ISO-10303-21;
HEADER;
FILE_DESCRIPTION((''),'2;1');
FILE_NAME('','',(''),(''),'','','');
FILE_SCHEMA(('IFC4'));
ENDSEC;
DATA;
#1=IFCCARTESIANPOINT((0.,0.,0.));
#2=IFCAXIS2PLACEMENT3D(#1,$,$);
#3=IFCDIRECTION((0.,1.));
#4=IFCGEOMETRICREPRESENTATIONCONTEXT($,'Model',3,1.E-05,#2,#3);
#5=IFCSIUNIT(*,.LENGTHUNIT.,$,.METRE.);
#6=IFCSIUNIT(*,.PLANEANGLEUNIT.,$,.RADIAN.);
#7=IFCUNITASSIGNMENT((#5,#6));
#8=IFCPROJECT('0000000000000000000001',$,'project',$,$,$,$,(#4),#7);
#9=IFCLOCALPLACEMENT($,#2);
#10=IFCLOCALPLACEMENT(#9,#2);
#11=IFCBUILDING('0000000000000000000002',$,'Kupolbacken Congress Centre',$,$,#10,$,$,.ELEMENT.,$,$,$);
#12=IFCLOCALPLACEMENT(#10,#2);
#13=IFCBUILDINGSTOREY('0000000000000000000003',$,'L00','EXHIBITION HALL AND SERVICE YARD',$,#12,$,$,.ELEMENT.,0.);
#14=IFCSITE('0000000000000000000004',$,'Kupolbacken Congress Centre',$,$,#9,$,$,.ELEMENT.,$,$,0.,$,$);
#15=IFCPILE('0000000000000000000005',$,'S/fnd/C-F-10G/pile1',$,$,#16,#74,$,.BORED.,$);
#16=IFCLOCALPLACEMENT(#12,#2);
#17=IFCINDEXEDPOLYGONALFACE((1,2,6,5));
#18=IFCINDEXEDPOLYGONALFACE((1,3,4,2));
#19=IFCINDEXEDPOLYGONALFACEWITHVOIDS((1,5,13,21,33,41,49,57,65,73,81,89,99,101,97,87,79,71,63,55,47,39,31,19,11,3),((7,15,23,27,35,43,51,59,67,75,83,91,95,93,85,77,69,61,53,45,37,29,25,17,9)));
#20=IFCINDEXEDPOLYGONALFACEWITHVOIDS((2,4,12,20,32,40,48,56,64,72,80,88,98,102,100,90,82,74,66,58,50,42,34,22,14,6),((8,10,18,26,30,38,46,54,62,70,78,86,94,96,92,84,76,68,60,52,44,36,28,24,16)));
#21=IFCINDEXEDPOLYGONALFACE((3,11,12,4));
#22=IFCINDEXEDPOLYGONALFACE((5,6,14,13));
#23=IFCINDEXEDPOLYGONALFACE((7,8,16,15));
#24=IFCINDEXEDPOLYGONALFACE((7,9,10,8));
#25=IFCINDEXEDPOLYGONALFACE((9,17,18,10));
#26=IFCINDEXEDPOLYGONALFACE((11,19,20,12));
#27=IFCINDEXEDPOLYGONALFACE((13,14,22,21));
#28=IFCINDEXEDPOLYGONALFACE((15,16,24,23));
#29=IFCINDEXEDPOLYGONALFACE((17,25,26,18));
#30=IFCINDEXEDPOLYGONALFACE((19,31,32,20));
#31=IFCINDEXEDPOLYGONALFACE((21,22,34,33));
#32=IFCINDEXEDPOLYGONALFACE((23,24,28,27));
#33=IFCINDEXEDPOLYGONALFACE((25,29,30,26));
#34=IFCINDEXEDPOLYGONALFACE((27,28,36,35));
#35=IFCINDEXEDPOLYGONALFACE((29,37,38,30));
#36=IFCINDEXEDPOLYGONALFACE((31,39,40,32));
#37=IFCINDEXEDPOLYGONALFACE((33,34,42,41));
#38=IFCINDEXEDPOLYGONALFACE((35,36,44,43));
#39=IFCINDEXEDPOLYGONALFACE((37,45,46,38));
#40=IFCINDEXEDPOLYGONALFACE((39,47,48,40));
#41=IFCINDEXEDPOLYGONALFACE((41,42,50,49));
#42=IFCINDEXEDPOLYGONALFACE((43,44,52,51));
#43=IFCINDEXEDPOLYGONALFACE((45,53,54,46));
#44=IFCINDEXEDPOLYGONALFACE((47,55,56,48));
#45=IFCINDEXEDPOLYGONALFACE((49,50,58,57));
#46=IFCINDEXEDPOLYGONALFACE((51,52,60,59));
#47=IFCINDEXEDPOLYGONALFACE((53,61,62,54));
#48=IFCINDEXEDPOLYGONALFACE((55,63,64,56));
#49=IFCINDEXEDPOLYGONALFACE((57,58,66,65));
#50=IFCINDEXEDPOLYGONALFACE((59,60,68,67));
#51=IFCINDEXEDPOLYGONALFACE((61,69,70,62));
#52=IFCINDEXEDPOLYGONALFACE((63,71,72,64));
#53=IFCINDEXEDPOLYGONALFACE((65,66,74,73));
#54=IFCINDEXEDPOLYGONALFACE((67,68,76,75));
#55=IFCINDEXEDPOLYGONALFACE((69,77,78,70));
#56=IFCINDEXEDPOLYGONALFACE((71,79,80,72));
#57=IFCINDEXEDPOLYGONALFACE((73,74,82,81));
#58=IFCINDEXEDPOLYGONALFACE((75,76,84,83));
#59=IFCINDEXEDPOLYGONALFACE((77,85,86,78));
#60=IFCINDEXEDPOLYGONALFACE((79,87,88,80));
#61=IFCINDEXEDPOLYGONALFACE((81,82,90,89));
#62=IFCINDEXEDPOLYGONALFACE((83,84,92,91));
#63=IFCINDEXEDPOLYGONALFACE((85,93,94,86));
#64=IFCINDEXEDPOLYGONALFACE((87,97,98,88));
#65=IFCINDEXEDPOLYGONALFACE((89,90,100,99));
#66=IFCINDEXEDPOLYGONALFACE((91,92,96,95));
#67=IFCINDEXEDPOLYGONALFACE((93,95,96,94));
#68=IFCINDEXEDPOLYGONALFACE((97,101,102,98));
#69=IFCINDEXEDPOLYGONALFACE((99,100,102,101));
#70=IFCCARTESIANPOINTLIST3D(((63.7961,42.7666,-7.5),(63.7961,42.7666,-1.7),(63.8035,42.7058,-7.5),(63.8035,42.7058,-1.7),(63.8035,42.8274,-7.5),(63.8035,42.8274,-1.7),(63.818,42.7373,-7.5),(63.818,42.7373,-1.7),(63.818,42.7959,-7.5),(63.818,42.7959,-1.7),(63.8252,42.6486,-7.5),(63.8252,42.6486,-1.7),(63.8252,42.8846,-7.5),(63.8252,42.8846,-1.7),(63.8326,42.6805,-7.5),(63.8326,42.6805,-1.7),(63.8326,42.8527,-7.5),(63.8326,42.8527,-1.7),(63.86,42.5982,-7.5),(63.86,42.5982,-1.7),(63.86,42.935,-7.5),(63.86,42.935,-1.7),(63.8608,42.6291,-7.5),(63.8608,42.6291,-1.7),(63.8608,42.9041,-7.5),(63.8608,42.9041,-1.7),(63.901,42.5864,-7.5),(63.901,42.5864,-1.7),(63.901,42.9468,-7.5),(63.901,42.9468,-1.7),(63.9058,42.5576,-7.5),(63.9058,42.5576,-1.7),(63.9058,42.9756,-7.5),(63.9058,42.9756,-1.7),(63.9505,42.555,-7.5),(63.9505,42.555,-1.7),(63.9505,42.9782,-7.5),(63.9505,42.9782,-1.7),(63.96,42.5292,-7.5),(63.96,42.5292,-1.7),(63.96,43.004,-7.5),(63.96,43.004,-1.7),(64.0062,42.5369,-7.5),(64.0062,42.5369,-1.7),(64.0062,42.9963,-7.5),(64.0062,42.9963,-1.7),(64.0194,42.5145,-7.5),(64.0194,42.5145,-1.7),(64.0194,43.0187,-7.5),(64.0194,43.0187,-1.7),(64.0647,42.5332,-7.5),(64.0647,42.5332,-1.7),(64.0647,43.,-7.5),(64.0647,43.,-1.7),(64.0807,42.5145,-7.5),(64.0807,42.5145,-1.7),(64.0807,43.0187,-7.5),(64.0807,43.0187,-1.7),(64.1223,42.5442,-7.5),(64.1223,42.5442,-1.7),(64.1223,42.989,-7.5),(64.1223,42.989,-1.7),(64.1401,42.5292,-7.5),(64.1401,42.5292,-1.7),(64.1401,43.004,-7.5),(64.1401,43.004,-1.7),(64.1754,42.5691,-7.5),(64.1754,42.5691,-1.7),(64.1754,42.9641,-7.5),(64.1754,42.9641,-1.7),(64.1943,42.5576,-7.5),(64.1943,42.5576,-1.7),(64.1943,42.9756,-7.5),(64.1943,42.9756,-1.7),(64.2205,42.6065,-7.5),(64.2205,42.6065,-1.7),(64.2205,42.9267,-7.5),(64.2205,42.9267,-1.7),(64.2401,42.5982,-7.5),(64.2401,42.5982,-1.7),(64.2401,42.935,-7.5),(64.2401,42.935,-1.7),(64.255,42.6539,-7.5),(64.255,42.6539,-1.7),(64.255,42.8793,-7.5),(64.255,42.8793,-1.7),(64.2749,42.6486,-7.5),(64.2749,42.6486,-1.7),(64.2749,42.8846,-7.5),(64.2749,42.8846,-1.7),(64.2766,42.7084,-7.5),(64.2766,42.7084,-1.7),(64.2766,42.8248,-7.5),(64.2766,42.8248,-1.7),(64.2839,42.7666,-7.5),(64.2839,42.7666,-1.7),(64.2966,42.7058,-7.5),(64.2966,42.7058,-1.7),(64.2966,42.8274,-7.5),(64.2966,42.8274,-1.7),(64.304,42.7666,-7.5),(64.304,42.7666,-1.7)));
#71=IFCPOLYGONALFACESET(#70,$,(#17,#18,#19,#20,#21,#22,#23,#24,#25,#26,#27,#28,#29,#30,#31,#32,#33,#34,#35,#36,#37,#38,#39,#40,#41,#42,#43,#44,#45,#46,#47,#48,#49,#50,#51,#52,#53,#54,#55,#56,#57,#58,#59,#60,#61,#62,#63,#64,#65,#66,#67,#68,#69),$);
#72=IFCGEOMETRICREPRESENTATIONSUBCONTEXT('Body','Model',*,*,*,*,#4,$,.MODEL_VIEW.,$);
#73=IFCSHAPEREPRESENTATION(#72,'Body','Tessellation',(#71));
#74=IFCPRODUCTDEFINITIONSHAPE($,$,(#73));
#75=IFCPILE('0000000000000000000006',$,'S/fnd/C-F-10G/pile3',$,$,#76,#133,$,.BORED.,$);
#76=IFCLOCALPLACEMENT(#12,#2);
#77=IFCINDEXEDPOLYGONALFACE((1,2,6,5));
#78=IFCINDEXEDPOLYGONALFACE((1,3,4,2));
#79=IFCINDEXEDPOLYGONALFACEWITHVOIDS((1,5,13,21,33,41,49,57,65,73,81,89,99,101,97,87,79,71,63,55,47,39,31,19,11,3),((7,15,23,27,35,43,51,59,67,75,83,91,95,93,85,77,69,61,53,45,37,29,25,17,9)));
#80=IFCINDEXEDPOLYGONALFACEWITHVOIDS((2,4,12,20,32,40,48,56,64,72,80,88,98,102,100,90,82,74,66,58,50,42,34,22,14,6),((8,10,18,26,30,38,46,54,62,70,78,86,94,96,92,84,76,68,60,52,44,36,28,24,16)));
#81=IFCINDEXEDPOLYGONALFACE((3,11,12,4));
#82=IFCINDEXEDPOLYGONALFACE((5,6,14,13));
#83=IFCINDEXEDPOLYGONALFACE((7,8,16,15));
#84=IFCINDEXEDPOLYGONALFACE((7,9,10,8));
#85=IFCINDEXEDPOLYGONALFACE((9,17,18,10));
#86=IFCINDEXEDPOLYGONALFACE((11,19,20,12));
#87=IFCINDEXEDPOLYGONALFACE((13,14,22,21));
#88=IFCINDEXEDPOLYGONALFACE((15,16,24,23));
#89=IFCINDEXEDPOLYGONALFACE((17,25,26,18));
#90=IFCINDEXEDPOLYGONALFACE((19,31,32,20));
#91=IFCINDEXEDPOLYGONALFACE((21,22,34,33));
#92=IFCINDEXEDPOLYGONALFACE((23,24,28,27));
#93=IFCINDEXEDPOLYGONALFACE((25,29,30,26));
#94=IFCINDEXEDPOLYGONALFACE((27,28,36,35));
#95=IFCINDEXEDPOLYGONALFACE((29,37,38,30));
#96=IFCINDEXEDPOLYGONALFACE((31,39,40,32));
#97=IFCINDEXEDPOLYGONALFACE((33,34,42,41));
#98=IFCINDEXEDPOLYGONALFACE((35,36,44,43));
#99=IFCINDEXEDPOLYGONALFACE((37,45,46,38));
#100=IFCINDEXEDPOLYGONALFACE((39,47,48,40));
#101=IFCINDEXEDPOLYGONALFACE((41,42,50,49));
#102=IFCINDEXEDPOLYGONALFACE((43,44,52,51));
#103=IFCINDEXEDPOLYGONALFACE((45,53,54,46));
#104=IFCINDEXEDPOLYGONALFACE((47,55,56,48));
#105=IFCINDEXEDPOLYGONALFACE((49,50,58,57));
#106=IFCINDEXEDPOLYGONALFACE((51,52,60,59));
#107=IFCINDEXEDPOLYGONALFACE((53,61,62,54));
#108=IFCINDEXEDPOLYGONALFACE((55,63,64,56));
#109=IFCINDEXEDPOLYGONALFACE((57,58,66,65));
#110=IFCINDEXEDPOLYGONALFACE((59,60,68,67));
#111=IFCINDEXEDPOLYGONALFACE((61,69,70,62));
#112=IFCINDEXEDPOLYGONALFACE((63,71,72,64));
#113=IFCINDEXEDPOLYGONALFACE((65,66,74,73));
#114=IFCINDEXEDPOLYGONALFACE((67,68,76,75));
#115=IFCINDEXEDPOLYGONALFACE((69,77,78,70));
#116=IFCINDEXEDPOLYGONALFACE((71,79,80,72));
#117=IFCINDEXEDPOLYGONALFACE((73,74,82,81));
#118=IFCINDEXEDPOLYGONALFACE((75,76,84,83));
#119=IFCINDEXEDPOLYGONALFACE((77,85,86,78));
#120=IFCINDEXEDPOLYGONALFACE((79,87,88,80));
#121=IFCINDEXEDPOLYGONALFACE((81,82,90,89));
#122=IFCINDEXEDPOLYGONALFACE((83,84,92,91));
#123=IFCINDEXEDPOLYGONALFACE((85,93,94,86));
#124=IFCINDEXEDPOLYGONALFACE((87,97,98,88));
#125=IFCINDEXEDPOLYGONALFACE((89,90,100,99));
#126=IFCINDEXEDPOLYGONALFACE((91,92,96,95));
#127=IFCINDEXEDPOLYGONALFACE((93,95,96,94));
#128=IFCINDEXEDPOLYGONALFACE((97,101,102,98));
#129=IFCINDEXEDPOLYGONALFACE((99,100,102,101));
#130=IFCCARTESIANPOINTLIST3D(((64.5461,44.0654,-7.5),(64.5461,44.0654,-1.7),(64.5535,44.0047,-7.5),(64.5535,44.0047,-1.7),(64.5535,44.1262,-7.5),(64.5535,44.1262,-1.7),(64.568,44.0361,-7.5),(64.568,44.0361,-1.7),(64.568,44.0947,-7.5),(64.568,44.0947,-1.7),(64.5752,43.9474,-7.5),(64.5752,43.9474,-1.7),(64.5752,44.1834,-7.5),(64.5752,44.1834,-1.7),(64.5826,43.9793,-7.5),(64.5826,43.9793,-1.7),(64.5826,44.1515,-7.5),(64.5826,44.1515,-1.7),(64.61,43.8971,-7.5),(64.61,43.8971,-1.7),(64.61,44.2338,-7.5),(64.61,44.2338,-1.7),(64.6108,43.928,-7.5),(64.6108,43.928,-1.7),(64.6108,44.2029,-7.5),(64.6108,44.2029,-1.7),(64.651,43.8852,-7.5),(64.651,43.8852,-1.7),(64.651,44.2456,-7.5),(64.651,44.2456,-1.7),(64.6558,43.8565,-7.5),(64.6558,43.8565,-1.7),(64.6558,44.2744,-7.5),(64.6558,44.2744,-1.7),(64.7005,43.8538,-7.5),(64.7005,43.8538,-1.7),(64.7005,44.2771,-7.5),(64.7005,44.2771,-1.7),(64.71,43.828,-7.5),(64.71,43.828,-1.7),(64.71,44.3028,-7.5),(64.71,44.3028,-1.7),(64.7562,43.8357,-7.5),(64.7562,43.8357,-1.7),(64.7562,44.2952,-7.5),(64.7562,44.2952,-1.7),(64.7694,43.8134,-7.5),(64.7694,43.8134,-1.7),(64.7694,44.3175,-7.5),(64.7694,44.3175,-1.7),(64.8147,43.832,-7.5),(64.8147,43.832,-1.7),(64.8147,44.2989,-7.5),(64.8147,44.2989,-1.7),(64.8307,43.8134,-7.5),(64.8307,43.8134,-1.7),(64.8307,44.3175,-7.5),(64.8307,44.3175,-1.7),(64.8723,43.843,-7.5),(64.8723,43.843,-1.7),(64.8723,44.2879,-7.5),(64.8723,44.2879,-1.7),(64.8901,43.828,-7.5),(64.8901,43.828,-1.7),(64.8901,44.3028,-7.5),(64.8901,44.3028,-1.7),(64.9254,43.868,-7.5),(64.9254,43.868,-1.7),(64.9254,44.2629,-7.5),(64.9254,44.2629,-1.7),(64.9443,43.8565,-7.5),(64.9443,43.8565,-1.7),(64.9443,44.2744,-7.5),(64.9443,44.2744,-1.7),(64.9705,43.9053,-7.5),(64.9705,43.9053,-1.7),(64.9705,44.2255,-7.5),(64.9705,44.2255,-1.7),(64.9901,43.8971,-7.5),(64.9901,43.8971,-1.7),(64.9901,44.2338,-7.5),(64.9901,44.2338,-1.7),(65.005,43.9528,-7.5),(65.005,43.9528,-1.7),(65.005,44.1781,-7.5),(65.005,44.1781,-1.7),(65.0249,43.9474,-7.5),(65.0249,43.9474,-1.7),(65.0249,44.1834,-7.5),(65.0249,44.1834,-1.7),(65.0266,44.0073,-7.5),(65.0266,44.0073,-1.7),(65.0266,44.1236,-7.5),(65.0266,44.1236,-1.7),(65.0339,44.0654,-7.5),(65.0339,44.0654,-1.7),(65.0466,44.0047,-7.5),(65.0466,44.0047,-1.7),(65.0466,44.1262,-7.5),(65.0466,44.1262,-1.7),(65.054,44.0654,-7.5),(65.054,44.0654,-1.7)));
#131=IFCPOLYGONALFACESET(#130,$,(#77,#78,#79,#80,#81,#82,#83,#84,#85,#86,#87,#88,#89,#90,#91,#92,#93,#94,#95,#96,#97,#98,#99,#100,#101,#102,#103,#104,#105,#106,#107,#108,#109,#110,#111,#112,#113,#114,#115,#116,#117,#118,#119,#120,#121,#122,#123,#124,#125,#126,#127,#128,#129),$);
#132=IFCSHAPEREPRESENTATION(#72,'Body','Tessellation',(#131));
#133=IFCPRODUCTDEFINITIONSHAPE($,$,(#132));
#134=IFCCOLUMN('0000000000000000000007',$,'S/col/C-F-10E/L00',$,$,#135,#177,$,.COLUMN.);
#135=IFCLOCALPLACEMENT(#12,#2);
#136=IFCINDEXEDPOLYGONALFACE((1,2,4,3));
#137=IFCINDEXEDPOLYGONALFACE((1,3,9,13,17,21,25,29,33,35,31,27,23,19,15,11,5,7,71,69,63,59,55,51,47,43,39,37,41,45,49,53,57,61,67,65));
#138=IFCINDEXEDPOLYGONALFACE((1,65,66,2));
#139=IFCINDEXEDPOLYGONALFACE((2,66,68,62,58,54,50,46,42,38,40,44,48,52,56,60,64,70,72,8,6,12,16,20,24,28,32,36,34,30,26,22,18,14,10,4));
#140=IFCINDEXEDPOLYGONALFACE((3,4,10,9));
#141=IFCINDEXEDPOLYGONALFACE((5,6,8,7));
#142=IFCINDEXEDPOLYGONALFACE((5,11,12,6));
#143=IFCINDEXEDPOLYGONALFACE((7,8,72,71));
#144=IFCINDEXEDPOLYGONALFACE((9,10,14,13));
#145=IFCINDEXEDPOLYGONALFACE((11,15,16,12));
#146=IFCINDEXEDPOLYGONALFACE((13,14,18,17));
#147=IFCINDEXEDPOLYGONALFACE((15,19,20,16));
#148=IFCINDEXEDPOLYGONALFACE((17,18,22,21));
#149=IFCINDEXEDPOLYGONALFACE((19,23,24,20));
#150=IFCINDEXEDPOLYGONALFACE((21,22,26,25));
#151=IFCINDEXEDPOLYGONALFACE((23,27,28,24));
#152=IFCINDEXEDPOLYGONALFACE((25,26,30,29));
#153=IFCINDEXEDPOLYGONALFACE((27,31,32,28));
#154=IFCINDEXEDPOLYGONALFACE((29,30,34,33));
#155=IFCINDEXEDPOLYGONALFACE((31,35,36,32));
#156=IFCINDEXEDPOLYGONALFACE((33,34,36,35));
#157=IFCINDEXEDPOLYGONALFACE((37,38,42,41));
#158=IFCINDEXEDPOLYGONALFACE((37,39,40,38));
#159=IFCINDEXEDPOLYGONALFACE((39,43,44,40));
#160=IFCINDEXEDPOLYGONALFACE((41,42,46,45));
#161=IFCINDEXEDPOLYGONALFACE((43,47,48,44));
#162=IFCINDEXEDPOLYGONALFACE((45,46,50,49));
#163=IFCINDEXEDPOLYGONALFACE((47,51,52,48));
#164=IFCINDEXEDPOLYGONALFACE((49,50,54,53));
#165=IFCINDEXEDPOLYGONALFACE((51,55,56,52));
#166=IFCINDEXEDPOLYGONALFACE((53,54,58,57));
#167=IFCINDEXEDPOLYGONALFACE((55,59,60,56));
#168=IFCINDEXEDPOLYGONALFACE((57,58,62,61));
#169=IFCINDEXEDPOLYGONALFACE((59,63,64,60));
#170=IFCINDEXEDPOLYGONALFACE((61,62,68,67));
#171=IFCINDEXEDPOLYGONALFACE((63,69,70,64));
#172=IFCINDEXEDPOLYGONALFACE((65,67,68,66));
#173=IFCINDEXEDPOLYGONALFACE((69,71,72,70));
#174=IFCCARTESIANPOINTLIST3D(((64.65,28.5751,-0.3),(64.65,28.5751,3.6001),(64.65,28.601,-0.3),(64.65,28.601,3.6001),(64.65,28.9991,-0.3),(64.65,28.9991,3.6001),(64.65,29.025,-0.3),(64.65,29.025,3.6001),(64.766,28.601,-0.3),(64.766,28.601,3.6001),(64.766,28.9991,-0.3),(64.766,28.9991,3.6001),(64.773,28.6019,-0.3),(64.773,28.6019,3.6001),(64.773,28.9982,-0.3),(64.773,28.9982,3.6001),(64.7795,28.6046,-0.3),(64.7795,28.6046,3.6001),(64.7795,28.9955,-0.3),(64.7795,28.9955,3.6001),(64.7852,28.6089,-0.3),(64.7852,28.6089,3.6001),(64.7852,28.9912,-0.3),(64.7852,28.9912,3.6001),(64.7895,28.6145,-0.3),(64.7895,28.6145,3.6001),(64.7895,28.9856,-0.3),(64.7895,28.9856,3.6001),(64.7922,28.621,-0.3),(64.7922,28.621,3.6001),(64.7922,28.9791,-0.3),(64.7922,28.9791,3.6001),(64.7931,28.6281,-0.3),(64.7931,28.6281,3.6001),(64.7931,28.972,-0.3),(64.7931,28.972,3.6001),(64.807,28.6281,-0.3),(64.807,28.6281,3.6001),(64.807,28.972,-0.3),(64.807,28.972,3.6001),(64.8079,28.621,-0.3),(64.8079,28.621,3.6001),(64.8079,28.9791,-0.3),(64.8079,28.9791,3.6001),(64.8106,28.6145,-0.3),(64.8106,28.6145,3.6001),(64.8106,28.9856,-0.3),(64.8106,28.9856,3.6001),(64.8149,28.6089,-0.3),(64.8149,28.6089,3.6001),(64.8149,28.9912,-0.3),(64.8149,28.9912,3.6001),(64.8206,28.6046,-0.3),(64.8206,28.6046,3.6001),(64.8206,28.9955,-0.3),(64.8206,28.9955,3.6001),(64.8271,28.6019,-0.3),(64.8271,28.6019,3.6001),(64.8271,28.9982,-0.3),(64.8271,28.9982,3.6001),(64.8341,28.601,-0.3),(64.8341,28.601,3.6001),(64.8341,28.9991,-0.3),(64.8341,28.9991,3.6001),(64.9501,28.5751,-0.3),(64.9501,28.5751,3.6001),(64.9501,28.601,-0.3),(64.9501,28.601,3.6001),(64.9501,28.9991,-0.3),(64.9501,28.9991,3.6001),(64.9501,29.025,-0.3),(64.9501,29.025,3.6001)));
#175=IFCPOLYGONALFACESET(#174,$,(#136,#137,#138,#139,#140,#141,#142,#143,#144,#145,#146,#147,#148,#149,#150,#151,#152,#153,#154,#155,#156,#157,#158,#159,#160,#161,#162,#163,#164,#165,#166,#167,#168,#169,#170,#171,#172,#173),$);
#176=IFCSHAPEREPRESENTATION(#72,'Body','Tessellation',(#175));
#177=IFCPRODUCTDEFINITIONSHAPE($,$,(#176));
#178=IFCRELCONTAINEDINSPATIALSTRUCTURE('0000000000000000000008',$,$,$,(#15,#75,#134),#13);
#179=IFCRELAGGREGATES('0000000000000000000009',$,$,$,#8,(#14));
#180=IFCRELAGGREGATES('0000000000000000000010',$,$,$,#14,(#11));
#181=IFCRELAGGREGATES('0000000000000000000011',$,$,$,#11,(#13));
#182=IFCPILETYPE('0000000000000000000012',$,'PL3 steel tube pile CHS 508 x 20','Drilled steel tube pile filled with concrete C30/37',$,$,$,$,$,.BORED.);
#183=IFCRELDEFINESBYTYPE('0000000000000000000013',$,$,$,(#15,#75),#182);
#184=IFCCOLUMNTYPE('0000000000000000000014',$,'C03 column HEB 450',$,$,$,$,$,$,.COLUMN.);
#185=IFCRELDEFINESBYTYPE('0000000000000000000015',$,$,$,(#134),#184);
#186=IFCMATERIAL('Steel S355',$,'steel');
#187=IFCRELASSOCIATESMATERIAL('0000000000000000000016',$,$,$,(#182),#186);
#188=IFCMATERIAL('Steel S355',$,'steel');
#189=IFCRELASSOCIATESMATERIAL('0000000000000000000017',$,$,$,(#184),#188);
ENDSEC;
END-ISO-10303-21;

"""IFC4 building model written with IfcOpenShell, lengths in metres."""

from ifc_helpers import new_model, si_unit, direction, frame, origin, origin_2d, place, context, subcontext, project, spatial, hollow_circle, i_section, extrude, material, material_profile, profile_set, type_object, element, save


model = new_model("IFC4")

# Units and contexts
model_context = context("Model", 3, precision=1e-05, world=origin(), true_north=direction((0.0, 1.0)))
body_context = subcontext(model_context, "Body", "Model", "MODEL_VIEW")
ifc_project = project(units=[si_unit("LENGTHUNIT", "METRE"), si_unit("PLANEANGLEUNIT", "RADIAN")], contexts=[model_context])

# Site, building, storey
site_placement = place(None, origin())
site = spatial("IfcSite", under=ifc_project, at=site_placement, Name="Kupolbacken Congress Centre", CompositionType="ELEMENT", RefElevation=0.0)
building_placement = place(site_placement, origin())
building = spatial("IfcBuilding", under=site, at=building_placement, Name="Kupolbacken Congress Centre", CompositionType="ELEMENT")
storey_placement = place(building_placement, origin())
storey = spatial("IfcBuildingStorey", under=building, at=storey_placement, Name="L00", Description="EXHIBITION HALL AND SERVICE YARD", CompositionType="ELEMENT", Elevation=0.0)

# Piles
ifc_material_1 = material(Name="Steel S355", Category="steel")
ifc_material_profile_1 = material_profile(ifc_material_1, hollow_circle(Radius=0.2539, WallThickness=0.02, at=origin_2d()), Name="CHS 508 x 20")
ifc_profile_set_1 = profile_set([ifc_material_profile_1], Name="Steel S355")
pile_type = type_object("IfcPileType", Name="PL3 steel tube pile CHS 508 x 20", Description="Drilled steel tube pile filled with concrete C30/37", PredefinedType="BORED", material=ifc_profile_set_1)
for number, where, z_axis, x_axis, name in (
    (1, (64.05, 42.7666, -1.7), (0.0, 0.0, -1.0), (1.0, 0.0, 0.0), "S/fnd/C-F-10G/pile1"),
    (2, (64.8, 44.0654, -1.7), (0.0, 0.0, -1.0), (1.0, 0.0, 0.0), "S/fnd/C-F-10G/pile3"),
):
    element("IfcPile", number, at=place(storey_placement, frame(where, z_axis=z_axis, x_axis=x_axis)), inside=storey, type_object=pile_type, Name=name, PredefinedType="BORED", context=body_context, shape_type="SweptSolid", body=[
        extrude(hollow_circle(Radius=0.2539, WallThickness=0.02, at=origin_2d()), origin(), (0.0, 0.0, 1.0), 5.8),
    ])

# Column
ifc_material_2 = material(Name="Steel S355", Category="steel")
ifc_material_profile_2 = material_profile(ifc_material_2, i_section(OverallWidth=0.3, OverallDepth=0.45, WebThickness=0.0139, FlangeThickness=0.0259, FilletRadius=0.0271, at=origin_2d()), Name="HEB 450")
ifc_profile_set_2 = profile_set([ifc_material_profile_2], Name="Steel S355")
column_type_1 = type_object("IfcColumnType", Name="C03 column HEB 450", PredefinedType="COLUMN", material=ifc_profile_set_2)
column_placement = place(storey_placement, frame((64.8, 28.8, -0.3), z_axis=(0.0, 0.0, 1.0), x_axis=(1.0, 0.0, 0.0)))
element("IfcColumn", 3, at=column_placement, inside=storey, type_object=column_type_1, Name="S/col/C-F-10E/L00", PredefinedType="COLUMN", context=body_context, shape_type="SweptSolid", body=[
    extrude(i_section(OverallWidth=0.3, OverallDepth=0.45, WebThickness=0.0139, FlangeThickness=0.0259, FilletRadius=0.0271, at=origin_2d()), origin(), (0.0, 0.0, 1.0), 3.9001),
])

save(model, "model.ifc")
